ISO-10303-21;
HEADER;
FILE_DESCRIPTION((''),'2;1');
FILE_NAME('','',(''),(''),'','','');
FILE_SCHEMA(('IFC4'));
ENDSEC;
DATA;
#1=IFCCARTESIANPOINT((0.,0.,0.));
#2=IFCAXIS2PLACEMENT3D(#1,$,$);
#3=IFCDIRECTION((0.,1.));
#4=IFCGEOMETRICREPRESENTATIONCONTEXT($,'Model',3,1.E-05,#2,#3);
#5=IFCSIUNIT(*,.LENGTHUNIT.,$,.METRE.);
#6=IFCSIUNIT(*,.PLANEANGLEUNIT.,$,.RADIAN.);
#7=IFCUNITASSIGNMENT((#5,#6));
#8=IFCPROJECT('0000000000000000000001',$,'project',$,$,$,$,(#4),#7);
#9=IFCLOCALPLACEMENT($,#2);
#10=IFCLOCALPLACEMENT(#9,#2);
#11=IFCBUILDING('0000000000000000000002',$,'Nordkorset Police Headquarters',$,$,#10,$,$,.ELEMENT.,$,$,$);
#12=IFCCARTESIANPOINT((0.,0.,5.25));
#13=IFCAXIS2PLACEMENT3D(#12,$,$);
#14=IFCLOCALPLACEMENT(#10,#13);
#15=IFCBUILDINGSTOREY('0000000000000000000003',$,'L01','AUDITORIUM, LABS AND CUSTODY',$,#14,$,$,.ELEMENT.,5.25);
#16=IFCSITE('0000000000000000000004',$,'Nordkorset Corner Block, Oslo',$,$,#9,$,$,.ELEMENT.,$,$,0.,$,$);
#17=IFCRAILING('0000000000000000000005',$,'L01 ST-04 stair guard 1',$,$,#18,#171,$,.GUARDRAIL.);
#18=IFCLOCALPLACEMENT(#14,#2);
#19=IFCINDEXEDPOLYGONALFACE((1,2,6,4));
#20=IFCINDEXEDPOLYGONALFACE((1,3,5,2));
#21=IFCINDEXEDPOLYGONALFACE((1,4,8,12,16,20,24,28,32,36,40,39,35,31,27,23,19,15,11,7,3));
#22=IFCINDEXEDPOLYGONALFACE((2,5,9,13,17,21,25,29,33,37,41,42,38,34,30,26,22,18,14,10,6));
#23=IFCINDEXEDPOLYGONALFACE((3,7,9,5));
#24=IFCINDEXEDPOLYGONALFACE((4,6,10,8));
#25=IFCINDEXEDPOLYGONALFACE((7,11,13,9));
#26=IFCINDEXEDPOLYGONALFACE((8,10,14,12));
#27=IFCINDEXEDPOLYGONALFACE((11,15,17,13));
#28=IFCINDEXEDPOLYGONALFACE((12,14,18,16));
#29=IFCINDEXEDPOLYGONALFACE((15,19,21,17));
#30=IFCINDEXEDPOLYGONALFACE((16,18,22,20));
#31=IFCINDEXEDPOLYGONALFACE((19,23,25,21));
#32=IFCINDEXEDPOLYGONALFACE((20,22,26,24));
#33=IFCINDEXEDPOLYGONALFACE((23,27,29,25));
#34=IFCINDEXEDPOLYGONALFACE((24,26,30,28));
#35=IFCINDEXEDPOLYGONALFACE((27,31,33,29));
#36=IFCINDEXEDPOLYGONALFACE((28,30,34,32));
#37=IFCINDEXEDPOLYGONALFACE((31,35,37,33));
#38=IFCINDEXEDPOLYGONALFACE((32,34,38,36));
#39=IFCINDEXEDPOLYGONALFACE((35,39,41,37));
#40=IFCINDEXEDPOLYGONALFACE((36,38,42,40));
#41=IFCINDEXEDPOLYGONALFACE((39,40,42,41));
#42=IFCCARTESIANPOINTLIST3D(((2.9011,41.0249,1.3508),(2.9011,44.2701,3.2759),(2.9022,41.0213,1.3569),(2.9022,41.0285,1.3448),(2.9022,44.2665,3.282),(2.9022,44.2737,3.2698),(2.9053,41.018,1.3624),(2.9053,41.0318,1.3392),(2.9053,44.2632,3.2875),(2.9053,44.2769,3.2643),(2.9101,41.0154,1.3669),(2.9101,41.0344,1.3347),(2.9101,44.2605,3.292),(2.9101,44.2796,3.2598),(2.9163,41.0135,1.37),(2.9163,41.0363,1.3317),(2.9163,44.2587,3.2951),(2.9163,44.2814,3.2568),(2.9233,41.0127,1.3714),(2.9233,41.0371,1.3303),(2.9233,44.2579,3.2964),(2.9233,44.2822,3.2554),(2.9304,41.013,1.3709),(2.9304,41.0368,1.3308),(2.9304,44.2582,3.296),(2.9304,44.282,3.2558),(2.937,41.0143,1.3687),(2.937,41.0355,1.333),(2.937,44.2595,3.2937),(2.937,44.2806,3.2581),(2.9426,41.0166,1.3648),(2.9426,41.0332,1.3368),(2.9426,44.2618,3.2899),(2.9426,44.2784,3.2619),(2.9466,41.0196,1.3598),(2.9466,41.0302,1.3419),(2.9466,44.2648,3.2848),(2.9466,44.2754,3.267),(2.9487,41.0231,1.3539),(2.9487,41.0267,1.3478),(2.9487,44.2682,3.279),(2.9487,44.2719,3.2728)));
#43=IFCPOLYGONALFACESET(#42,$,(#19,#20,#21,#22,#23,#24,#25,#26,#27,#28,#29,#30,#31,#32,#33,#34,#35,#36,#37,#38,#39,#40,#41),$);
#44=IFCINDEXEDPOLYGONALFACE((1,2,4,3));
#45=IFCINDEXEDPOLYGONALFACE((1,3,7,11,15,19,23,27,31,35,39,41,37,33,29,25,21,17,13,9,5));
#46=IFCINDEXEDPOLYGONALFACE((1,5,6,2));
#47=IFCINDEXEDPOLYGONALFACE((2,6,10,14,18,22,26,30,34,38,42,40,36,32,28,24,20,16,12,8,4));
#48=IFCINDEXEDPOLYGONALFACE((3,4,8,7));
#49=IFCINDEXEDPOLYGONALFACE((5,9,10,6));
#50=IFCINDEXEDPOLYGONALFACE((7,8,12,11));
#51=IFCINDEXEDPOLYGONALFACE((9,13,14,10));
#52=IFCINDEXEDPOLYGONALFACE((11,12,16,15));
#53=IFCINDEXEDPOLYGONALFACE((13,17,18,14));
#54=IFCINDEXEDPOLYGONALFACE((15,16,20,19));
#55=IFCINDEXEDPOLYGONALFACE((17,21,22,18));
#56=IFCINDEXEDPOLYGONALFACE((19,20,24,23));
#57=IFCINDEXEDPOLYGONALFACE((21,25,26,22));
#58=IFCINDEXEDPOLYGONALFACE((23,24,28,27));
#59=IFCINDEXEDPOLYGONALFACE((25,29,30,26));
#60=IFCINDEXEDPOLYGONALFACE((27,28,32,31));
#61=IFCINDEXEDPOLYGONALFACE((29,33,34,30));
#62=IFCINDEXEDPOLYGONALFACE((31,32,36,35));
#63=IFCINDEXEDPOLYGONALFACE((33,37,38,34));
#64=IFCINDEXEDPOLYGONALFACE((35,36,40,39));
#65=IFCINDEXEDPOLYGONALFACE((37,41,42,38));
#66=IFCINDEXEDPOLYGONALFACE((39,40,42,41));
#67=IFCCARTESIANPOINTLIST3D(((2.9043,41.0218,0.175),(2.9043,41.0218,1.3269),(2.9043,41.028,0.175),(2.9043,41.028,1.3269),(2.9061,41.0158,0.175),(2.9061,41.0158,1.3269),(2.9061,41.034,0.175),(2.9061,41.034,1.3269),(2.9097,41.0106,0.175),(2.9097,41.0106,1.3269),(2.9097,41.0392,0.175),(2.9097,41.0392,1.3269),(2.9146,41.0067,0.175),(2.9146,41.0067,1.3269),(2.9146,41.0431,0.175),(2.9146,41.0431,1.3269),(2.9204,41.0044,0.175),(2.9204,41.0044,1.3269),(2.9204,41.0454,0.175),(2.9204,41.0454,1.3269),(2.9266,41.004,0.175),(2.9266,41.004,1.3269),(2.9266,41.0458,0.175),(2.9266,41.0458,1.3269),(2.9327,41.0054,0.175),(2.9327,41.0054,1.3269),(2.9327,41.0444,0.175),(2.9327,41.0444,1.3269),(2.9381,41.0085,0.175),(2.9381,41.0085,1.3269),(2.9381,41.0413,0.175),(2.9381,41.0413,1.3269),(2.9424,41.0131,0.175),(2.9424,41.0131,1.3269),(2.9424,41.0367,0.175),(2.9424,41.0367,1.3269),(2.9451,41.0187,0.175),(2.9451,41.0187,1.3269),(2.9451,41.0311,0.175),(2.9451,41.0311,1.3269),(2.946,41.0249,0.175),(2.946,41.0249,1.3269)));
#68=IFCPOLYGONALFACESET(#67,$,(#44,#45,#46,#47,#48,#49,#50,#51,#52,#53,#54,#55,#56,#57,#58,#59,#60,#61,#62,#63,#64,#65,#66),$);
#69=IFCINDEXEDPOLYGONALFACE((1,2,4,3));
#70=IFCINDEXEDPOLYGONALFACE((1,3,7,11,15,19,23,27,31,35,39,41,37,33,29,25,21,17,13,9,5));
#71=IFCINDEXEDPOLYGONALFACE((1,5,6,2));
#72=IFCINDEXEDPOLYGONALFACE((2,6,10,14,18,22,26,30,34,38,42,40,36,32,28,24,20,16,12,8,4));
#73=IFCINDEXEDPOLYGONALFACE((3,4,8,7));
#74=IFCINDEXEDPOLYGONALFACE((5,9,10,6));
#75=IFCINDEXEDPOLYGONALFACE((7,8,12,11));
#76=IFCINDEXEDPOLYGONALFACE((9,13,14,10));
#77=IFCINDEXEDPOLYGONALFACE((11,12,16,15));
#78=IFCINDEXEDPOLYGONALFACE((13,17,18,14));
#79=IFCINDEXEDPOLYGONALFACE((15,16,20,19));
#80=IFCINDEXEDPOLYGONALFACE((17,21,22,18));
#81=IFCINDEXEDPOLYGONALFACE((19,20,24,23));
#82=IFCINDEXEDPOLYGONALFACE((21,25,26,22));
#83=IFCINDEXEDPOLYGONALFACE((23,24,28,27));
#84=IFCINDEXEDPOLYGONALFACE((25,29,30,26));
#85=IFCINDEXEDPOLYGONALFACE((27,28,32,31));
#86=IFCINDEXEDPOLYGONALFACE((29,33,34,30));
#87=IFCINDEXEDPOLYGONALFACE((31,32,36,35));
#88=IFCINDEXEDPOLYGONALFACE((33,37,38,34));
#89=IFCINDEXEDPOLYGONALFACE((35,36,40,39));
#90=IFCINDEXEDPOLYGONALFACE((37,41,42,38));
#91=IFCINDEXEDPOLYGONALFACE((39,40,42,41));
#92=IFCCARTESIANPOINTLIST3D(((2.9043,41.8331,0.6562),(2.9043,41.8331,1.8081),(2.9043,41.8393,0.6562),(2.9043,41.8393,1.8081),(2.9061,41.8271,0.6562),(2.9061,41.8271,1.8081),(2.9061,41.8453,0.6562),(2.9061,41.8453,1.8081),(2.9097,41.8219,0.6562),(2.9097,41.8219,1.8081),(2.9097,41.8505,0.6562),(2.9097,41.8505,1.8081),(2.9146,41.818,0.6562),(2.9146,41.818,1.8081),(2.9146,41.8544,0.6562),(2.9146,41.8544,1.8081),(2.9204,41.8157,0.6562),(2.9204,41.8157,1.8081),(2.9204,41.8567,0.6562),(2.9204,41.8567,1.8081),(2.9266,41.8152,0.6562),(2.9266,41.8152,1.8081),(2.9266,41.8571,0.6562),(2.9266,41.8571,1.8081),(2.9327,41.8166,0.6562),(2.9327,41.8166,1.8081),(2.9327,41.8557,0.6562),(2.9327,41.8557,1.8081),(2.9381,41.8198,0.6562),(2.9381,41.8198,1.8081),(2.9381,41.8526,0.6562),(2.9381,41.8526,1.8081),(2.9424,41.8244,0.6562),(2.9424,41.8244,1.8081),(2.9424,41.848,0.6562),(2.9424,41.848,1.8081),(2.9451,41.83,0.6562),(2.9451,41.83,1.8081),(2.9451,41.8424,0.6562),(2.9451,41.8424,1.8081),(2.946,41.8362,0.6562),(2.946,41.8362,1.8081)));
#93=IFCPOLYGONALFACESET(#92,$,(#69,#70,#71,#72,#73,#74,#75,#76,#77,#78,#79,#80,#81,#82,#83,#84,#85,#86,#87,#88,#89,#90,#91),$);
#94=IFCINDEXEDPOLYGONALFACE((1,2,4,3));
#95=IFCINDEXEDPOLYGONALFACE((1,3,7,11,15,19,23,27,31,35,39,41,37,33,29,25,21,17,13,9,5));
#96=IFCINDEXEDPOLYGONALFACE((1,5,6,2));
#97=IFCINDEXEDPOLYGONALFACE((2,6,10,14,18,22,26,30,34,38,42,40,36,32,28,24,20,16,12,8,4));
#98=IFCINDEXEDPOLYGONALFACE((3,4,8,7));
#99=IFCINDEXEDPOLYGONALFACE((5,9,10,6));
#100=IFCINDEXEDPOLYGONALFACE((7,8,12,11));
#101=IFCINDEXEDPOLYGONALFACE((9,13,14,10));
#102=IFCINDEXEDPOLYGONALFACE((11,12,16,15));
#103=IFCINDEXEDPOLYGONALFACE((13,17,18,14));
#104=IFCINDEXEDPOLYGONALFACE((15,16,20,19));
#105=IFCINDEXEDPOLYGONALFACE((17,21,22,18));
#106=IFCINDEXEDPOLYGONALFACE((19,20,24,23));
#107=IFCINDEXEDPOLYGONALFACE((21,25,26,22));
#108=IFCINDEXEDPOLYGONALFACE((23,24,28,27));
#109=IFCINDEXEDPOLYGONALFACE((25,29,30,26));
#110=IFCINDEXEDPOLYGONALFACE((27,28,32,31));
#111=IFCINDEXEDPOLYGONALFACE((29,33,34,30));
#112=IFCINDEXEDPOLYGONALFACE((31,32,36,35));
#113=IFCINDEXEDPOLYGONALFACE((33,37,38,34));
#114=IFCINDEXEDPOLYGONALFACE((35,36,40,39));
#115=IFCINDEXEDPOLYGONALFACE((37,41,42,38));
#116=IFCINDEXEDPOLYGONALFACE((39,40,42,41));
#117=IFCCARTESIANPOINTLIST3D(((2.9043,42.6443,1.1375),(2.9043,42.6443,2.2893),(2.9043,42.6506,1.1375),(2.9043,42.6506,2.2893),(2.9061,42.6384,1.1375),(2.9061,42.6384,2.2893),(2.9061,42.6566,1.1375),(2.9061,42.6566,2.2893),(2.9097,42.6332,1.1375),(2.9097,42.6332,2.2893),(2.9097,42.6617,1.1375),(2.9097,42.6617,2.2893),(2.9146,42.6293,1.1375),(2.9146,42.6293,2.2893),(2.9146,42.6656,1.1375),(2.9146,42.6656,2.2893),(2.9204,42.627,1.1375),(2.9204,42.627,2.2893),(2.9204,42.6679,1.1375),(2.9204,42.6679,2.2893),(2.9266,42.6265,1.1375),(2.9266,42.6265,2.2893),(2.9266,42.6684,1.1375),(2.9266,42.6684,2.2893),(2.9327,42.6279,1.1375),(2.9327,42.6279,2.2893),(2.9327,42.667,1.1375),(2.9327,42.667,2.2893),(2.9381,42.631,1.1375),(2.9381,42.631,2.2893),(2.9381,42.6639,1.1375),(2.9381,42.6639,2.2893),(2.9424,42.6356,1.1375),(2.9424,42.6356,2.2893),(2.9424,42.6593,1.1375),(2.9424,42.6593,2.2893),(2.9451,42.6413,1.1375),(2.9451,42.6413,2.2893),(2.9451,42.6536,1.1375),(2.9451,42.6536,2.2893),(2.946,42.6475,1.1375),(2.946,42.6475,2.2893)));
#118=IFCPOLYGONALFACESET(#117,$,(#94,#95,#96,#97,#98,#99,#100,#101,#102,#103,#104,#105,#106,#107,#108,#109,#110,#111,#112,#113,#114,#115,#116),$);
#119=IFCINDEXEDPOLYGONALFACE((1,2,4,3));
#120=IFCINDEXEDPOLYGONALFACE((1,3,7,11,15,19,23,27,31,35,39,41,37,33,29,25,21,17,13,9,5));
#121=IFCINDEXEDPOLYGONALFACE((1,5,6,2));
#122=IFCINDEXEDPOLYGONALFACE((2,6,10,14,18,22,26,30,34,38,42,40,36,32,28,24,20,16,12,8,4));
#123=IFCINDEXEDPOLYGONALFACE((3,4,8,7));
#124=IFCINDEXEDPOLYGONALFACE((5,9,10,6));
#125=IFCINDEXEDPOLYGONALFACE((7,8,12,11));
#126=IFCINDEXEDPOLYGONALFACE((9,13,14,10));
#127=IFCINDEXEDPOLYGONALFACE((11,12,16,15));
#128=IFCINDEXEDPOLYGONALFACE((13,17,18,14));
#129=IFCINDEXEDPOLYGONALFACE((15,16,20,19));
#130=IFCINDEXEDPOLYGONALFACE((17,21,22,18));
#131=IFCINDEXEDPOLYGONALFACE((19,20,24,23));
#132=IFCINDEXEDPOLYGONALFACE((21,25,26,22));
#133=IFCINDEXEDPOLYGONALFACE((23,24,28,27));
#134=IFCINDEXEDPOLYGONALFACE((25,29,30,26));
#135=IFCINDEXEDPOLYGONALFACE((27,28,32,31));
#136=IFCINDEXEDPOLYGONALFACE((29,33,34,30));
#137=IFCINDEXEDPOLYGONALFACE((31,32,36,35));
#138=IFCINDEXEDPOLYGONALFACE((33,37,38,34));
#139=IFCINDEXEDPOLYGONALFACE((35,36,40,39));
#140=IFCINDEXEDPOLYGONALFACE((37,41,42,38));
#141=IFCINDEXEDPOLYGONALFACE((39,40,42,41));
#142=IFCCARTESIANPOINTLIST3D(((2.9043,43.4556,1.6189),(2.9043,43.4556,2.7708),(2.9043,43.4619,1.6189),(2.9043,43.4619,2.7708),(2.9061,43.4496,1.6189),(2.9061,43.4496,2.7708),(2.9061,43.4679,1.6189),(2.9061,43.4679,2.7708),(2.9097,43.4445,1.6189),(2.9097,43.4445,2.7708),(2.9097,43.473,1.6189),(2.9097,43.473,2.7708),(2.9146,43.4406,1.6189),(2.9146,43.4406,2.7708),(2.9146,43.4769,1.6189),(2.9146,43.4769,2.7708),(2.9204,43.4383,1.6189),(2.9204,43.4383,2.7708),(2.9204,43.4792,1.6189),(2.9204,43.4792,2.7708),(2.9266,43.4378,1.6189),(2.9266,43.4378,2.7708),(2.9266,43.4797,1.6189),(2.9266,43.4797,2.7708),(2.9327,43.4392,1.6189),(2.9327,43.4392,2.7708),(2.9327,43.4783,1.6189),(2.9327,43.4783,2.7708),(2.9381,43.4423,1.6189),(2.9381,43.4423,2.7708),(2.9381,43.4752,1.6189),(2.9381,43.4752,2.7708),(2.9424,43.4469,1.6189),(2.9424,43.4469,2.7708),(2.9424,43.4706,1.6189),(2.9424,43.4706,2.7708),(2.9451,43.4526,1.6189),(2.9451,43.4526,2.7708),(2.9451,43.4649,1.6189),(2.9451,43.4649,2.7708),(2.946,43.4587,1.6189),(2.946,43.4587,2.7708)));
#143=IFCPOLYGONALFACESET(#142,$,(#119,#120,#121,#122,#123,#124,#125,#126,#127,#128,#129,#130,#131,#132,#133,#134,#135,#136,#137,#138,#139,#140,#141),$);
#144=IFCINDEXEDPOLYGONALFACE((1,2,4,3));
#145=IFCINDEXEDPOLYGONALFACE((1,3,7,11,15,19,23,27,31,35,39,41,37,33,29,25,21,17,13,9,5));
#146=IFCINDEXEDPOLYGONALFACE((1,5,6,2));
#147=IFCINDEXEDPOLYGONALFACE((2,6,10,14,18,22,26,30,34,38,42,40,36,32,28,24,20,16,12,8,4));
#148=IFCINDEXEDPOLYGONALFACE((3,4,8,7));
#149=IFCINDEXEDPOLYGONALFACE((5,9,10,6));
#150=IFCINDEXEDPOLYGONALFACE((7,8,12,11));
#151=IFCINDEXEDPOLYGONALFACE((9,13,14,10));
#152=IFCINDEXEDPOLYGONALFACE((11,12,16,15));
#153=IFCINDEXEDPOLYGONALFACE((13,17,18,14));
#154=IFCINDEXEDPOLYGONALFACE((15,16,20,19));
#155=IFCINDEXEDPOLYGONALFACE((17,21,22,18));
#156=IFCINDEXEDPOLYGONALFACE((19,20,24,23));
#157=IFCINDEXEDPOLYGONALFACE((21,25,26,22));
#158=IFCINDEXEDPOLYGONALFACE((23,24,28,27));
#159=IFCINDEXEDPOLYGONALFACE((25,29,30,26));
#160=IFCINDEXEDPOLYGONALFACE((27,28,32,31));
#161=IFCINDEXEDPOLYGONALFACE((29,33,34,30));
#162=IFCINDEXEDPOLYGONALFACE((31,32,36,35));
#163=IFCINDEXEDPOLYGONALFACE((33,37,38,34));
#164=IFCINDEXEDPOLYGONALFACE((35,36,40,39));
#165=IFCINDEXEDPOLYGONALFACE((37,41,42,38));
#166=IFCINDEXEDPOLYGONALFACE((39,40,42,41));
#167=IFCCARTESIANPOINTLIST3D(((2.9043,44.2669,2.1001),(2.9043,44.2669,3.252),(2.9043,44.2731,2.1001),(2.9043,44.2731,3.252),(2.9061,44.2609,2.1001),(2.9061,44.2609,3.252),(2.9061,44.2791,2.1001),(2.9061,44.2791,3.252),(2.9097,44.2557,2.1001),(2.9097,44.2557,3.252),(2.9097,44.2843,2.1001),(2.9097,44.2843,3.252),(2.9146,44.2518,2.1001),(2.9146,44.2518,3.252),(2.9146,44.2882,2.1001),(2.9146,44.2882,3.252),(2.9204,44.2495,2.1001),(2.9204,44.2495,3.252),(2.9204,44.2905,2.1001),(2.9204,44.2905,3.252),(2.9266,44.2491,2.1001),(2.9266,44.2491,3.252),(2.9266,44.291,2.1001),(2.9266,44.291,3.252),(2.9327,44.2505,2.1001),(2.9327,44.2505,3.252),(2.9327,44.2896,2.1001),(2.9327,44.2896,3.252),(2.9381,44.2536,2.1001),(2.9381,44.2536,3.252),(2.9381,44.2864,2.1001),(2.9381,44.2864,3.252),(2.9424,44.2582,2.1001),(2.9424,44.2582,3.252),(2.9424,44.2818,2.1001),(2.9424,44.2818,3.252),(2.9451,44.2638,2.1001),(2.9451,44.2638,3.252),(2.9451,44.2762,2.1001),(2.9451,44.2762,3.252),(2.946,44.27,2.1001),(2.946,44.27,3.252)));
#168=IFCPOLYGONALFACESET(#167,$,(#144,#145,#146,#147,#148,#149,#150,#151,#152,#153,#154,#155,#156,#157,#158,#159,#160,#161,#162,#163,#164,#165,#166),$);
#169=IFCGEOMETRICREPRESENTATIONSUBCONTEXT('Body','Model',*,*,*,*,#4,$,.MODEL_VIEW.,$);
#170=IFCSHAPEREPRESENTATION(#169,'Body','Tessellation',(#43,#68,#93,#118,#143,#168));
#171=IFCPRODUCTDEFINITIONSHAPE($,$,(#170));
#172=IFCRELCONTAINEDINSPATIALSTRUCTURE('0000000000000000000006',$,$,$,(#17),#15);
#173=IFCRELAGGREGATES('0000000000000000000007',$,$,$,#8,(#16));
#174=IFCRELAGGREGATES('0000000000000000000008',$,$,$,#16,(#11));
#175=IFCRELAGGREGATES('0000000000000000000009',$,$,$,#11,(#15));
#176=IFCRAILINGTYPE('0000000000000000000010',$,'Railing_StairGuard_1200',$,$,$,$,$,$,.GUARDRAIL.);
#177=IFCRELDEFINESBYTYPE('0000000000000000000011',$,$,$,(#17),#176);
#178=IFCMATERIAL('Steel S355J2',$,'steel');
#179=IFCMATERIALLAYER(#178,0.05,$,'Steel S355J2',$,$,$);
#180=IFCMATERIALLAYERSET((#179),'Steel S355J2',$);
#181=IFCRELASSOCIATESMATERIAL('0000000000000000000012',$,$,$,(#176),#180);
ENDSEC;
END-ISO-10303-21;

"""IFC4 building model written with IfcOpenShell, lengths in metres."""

from ifc_helpers import new_model, si_unit, direction, frame, origin, origin_2d, place, context, subcontext, project, spatial, circle, extrude, material, layer, layer_set, type_object, element, save


model = new_model("IFC4")

# Units and contexts
model_context = context("Model", 3, precision=1e-05, world=origin(), true_north=direction((0.0, 1.0)))
body_context = subcontext(model_context, "Body", "Model", "MODEL_VIEW")
ifc_project = project(units=[si_unit("LENGTHUNIT", "METRE"), si_unit("PLANEANGLEUNIT", "RADIAN")], contexts=[model_context])

# Site, building, storey
site_placement = place(None, origin())
site = spatial("IfcSite", under=ifc_project, at=site_placement, Name="Nordkorset Corner Block, Oslo", CompositionType="ELEMENT", RefElevation=0.0)
building_placement = place(site_placement, origin())
building = spatial("IfcBuilding", under=site, at=building_placement, Name="Nordkorset Police Headquarters", CompositionType="ELEMENT")
storey_placement = place(building_placement, frame((0.0, 0.0, 5.25)))
storey = spatial("IfcBuildingStorey", under=building, at=storey_placement, Name="L01", Description="AUDITORIUM, LABS AND CUSTODY", CompositionType="ELEMENT", Elevation=5.25)

# Railing
ifc_material_1 = material(Name="Steel S355J2", Category="steel")
ifc_layer_1 = layer(ifc_material_1, 0.05, Name="Steel S355J2")
ifc_layer_set_1 = layer_set([ifc_layer_1], Name="Steel S355J2")
railing_type_1 = type_object("IfcRailingType", Name="Railing_StairGuard_1200", PredefinedType="GUARDRAIL", material=ifc_layer_set_1)
railing_1_placement = place(storey_placement, frame((2.925, 41.0249, 0.175)))
element("IfcRailing", 1, at=railing_1_placement, inside=storey, type_object=railing_type_1, Name="L01 ST-04 stair guard 1", PredefinedType="GUARDRAIL", context=body_context, shape_type="SweptSolid", body=[
    extrude(circle(Radius=0.0239, at=origin_2d()), frame((0.0, 0.0, 1.1758), z_axis=(0.0, 0.860057, 0.510198), x_axis=(-1.0, 0.0, 0.0)), (0.0, 0.0, 1.0), 3.7732),
    extrude(circle(Radius=0.021, at=origin_2d()), origin(), (0.0, 0.0, 1.0), 1.1519),
    extrude(circle(Radius=0.021, at=origin_2d()), frame((0.0, 0.8113, 0.4812)), (0.0, 0.0, 1.0), 1.1519),
    extrude(circle(Radius=0.021, at=origin_2d()), frame((0.0, 1.6226, 0.9624)), (0.0, 0.0, 1.0), 1.1519),
    extrude(circle(Radius=0.021, at=origin_2d()), frame((0.0, 2.4338, 1.4438)), (0.0, 0.0, 1.0), 1.1519),
    extrude(circle(Radius=0.021, at=origin_2d()), frame((0.0, 3.2451, 1.925)), (0.0, 0.0, 1.0), 1.1519),
])

save(model, "model.ifc")
